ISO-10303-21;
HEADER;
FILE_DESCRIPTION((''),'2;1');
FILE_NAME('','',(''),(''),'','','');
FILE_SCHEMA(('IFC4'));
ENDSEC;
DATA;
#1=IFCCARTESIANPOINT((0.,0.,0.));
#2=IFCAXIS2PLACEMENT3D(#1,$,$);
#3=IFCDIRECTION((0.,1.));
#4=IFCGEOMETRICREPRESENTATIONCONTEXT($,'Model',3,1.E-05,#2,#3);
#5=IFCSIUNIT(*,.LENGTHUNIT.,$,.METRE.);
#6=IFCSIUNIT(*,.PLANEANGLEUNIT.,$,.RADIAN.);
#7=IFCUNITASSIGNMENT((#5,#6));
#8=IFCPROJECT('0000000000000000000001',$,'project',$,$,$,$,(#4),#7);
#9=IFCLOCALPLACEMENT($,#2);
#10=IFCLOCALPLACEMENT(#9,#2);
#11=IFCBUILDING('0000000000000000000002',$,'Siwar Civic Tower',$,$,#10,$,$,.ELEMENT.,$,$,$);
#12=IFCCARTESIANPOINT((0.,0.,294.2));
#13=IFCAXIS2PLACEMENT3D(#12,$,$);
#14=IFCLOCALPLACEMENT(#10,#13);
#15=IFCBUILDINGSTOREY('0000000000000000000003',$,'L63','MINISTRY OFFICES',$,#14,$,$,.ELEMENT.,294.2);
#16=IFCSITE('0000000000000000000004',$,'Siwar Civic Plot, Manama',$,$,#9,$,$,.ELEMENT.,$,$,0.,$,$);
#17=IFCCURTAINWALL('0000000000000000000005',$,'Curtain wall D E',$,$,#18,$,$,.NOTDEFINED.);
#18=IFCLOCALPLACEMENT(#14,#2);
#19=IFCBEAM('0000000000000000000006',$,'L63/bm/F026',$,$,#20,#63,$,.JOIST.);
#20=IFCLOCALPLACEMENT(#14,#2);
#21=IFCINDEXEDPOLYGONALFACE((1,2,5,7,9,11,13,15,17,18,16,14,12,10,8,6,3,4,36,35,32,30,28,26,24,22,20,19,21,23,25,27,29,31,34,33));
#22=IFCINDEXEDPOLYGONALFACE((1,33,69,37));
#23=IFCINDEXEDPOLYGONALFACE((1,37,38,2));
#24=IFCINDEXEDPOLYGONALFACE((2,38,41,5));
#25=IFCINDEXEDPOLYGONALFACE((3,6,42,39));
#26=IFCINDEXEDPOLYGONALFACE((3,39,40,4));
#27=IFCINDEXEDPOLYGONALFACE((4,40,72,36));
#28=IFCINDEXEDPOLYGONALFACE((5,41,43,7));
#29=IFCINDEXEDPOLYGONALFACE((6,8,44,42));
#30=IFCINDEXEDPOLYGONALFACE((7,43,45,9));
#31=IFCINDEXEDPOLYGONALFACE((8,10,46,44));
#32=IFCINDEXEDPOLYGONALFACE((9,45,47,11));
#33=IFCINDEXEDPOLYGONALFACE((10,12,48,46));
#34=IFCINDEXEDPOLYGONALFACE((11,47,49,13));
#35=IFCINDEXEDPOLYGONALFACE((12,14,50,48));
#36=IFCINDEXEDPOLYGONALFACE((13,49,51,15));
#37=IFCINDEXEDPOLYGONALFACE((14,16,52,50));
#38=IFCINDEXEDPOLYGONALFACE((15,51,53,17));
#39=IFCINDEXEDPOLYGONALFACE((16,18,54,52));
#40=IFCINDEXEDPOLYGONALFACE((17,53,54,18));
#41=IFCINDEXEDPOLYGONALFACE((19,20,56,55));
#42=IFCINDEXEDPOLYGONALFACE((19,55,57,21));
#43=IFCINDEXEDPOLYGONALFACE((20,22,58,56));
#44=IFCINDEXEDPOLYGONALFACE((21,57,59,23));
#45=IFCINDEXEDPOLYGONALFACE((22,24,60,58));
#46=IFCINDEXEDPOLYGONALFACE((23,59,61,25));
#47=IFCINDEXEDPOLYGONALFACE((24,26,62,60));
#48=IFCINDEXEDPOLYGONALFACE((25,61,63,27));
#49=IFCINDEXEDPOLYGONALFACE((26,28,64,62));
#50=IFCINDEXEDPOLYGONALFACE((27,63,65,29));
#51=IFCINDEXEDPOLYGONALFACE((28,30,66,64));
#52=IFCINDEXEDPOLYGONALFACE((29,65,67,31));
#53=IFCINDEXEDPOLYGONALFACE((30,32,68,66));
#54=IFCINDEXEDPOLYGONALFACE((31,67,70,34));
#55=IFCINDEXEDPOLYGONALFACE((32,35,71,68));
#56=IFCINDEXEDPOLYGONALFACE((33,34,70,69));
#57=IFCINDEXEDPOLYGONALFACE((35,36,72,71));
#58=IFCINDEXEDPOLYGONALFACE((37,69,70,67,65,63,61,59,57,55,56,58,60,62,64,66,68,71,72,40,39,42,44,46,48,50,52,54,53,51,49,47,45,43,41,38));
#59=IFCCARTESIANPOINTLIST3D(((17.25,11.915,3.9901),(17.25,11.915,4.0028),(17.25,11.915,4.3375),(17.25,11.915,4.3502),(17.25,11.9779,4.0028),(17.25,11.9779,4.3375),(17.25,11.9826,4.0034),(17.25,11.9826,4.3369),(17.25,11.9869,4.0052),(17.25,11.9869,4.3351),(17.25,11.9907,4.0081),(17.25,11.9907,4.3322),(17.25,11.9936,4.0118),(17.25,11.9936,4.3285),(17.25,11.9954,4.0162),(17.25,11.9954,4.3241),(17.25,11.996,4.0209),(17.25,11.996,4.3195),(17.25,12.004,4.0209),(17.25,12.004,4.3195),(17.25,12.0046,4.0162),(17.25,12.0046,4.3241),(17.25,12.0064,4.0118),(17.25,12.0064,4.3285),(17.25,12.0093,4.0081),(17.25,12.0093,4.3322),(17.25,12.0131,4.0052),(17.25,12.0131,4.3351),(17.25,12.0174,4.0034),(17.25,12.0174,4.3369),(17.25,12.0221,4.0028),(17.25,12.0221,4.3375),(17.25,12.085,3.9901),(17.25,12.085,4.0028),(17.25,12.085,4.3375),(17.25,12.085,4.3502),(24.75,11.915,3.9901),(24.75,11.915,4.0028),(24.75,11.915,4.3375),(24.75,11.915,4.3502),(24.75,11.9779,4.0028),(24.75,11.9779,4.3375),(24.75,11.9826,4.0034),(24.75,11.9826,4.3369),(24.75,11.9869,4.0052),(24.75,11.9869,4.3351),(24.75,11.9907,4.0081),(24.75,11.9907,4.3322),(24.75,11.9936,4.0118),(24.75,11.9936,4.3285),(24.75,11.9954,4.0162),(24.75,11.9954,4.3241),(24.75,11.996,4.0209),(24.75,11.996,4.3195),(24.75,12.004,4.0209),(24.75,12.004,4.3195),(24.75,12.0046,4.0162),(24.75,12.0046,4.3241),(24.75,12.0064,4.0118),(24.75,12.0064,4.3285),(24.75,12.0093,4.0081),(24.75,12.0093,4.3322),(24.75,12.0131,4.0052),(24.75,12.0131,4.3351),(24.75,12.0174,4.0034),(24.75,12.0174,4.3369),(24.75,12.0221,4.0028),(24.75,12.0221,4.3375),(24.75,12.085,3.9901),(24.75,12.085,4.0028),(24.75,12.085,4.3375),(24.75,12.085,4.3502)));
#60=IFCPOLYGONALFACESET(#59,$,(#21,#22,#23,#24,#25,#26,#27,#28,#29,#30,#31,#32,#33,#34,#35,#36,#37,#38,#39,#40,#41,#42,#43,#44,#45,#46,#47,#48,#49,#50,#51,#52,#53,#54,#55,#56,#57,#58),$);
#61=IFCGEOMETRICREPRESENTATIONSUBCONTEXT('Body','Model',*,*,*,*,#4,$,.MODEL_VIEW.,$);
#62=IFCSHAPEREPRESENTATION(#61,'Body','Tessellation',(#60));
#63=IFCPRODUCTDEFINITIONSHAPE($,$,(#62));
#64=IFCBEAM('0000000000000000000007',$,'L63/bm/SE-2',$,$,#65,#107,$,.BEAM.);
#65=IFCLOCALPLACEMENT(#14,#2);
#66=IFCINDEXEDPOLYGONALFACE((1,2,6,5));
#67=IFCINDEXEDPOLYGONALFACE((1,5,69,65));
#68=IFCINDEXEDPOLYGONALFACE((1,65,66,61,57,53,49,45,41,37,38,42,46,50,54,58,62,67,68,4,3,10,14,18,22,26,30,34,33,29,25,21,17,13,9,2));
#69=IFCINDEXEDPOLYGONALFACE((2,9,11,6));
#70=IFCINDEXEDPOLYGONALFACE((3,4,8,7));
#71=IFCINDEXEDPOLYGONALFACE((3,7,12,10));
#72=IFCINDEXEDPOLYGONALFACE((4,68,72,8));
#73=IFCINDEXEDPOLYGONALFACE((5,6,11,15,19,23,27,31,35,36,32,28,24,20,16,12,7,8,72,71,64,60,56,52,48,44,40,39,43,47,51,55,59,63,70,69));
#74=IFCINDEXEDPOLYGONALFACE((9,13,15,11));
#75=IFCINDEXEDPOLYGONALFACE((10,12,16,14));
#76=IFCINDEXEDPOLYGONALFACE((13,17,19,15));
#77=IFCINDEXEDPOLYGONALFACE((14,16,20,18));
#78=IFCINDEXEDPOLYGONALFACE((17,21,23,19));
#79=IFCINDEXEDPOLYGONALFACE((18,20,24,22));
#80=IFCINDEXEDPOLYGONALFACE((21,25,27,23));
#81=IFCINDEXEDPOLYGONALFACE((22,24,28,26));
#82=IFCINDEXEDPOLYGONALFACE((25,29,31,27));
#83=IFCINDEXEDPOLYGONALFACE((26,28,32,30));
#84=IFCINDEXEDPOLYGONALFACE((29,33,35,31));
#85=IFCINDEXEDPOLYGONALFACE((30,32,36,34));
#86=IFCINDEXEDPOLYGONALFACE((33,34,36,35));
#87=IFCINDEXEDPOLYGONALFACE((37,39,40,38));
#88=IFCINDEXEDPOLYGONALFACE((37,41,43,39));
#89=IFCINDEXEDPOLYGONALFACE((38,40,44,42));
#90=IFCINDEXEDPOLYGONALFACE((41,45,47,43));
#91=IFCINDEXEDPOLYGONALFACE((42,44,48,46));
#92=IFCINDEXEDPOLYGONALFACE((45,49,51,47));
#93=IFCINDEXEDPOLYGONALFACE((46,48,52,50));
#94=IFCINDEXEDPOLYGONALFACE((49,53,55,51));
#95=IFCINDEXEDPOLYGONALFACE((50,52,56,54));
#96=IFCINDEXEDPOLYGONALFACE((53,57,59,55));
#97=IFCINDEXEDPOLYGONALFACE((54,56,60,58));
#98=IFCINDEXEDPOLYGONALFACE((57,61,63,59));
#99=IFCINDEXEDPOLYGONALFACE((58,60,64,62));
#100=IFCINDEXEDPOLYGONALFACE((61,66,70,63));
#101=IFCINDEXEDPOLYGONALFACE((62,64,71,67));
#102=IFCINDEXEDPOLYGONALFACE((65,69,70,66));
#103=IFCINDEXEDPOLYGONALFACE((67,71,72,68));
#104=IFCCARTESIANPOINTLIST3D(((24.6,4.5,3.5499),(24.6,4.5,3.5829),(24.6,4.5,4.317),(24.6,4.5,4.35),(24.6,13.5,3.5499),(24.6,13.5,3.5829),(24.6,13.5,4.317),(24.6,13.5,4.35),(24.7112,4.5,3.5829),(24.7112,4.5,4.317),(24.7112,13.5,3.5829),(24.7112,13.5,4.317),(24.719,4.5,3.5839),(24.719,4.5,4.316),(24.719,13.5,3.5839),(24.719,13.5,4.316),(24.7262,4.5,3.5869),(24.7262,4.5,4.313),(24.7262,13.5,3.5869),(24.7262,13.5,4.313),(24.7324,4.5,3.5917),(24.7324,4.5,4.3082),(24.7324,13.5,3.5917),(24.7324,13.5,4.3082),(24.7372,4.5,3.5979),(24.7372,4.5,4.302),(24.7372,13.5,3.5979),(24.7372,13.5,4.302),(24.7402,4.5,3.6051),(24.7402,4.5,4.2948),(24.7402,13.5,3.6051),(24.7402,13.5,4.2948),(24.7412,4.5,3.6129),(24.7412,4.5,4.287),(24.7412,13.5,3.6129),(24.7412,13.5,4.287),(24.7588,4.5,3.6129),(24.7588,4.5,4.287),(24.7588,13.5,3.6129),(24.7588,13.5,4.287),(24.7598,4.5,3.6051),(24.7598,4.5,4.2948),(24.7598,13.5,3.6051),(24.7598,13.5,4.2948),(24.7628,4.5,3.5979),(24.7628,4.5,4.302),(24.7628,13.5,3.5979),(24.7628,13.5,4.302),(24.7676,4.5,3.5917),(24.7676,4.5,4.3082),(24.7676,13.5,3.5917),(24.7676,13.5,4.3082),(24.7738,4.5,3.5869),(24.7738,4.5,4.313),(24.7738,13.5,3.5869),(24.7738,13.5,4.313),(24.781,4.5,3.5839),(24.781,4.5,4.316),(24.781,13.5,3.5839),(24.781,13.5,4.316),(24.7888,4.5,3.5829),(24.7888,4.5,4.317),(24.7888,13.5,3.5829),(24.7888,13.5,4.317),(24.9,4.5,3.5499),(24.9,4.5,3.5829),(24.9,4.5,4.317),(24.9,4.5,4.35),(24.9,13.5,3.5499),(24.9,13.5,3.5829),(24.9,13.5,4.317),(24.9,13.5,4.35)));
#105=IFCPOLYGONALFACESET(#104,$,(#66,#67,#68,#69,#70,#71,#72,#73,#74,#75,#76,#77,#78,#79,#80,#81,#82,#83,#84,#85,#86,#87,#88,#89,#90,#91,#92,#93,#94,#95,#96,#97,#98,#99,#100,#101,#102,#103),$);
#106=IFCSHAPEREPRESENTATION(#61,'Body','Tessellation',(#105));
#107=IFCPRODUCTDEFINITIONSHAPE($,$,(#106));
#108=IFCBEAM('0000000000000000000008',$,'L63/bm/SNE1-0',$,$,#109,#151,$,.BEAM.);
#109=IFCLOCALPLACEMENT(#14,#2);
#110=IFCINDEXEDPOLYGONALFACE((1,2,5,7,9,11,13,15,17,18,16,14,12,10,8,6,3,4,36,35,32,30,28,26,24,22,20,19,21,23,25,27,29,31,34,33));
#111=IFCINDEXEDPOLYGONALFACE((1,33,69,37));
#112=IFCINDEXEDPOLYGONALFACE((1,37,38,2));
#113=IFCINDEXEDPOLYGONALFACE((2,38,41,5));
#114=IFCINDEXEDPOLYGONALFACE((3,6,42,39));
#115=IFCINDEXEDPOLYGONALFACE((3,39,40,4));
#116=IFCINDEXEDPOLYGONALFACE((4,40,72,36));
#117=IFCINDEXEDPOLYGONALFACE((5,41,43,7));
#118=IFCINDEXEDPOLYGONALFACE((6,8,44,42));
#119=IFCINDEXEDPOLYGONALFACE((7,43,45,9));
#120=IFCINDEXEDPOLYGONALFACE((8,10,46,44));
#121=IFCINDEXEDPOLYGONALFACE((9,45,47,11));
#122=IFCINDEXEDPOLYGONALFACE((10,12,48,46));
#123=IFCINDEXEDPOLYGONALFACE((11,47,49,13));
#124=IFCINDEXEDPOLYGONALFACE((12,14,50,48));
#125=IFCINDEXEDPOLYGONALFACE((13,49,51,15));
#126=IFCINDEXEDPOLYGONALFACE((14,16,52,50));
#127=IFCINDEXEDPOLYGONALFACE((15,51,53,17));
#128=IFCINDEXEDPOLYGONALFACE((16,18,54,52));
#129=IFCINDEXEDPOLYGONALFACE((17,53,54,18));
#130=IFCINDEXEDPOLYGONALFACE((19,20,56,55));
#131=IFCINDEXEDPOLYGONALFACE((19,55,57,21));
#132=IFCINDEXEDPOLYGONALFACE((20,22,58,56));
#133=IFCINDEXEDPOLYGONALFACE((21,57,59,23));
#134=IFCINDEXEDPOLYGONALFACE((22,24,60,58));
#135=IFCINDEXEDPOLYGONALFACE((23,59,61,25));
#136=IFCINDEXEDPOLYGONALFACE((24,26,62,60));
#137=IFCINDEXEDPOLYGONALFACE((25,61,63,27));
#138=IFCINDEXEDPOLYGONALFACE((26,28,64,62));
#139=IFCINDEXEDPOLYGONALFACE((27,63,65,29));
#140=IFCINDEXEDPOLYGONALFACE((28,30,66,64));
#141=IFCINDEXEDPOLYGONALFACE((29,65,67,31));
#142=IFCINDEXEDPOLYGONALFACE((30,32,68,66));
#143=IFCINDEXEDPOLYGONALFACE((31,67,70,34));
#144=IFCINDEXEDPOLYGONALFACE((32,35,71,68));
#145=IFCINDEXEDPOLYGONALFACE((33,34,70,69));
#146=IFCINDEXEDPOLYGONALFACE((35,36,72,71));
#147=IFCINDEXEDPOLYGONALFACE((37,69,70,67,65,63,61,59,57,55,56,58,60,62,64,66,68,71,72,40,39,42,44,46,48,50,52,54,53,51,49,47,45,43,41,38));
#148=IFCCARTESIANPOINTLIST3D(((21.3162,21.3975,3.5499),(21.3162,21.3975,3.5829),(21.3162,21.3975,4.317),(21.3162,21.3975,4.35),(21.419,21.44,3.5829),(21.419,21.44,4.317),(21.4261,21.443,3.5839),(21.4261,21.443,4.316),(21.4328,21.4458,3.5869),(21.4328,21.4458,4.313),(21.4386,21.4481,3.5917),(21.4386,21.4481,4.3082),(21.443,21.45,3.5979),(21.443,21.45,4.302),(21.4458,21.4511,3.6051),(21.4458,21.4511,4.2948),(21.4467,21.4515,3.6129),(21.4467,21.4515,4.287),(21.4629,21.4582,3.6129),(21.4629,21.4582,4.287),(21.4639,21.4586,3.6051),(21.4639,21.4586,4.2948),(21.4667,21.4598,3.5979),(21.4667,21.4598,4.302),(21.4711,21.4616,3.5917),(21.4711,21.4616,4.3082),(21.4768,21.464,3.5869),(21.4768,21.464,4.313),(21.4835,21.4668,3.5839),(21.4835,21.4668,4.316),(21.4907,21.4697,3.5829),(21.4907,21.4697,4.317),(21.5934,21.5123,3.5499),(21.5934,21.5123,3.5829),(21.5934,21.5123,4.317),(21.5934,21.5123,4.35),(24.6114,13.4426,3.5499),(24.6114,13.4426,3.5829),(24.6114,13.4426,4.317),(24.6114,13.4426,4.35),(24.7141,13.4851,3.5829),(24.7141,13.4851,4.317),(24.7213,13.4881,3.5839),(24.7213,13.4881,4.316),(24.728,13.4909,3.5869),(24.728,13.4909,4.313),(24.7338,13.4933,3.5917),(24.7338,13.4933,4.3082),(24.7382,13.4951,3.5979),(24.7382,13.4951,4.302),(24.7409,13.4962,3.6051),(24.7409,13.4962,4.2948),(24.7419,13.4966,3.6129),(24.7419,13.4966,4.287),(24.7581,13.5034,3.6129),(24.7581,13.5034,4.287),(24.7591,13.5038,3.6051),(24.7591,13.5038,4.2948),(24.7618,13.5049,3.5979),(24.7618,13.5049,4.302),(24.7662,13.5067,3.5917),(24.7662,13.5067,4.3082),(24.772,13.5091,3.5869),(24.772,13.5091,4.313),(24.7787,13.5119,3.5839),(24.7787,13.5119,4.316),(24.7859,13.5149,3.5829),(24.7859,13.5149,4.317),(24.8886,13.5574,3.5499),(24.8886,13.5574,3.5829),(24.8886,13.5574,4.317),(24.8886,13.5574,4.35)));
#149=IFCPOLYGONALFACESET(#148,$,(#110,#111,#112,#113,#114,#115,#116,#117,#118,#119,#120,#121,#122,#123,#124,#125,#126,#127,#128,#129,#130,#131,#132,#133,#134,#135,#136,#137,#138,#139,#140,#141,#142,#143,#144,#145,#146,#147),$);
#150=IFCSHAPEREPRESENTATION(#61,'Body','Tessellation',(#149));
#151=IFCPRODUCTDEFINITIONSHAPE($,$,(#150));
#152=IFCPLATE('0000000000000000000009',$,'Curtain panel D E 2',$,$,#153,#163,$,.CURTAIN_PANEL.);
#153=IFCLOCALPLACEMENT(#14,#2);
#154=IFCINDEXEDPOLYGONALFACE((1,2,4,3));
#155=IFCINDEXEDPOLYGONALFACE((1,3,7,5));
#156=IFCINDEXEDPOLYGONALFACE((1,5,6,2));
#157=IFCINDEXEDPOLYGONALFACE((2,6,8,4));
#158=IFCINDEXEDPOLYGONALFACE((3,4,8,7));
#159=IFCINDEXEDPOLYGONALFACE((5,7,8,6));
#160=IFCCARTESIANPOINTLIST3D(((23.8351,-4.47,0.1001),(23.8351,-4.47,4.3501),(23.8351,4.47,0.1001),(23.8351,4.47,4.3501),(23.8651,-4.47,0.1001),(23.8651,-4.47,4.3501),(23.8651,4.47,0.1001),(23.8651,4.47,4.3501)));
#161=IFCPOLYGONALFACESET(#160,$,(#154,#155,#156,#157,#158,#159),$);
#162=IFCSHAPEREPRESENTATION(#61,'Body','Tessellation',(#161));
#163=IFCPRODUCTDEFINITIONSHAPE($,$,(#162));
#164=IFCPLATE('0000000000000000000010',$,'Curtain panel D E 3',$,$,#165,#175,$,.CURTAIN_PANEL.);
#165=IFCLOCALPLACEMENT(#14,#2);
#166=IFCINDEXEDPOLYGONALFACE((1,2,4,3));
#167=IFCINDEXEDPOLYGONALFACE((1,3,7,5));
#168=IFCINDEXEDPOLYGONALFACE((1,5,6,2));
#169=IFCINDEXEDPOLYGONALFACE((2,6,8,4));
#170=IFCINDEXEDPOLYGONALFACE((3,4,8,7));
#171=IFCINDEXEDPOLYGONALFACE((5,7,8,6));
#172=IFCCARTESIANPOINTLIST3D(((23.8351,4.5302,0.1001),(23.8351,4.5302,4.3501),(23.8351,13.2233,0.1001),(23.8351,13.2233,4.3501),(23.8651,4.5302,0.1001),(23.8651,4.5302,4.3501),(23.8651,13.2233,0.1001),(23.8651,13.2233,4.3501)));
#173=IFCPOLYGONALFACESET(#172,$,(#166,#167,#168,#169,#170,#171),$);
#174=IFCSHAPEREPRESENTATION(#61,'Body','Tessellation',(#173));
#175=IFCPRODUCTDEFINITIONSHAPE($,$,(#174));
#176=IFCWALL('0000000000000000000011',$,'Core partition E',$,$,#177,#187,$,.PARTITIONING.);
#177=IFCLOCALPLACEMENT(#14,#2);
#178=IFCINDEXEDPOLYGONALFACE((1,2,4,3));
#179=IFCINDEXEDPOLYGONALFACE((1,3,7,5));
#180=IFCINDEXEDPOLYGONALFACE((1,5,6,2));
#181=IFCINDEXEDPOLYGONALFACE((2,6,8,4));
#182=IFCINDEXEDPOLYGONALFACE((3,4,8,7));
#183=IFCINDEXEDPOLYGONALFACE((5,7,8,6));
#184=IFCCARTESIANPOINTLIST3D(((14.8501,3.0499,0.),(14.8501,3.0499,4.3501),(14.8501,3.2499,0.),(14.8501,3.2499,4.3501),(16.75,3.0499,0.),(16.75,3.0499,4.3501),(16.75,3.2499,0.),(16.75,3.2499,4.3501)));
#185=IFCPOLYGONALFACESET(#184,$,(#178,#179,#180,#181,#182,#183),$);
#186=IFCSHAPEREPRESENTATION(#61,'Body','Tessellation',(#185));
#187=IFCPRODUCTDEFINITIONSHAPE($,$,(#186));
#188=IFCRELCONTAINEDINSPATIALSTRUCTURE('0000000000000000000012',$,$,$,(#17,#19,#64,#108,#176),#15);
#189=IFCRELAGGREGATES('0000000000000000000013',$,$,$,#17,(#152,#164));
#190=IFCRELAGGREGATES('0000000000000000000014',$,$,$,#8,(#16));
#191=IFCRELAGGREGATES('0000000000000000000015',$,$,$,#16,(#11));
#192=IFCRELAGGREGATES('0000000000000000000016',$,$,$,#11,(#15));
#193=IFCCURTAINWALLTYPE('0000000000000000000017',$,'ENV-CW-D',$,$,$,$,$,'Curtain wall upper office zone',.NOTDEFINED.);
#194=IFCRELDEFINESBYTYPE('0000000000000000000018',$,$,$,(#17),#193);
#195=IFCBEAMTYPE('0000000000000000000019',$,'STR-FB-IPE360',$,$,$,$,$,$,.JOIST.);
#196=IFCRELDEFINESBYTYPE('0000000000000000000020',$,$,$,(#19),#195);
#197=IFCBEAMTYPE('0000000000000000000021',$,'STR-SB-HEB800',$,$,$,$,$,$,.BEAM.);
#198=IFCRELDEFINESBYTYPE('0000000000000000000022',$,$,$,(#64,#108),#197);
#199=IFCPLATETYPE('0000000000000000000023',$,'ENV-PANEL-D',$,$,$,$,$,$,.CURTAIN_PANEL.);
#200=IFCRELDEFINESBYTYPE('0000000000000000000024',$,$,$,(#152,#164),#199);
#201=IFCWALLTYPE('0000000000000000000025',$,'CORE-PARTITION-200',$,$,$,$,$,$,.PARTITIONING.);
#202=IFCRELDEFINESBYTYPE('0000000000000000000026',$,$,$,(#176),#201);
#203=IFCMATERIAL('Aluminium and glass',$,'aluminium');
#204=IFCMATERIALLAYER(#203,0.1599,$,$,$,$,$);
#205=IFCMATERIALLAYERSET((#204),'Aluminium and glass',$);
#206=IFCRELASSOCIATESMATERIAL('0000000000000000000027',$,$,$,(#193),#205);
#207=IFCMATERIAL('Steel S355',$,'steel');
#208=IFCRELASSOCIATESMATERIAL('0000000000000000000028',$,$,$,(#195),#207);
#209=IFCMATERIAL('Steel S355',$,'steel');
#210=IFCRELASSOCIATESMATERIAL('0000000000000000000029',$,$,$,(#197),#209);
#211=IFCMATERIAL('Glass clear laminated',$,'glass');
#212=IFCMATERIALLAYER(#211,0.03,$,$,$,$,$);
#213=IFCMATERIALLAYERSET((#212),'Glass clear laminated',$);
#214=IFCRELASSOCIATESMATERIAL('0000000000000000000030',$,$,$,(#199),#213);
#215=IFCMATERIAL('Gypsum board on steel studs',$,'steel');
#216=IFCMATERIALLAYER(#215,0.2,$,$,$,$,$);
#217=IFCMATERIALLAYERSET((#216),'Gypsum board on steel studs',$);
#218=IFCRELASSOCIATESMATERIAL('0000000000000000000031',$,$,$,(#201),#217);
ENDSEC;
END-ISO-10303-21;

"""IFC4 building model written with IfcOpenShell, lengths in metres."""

from ifc_helpers import new_model, si_unit, direction, frame, frame_2d, origin, origin_2d, place, context, subcontext, project, spatial, rectangle, i_section, extrude, material, layer, layer_set, material_profile, profile_set, type_object, element, aggregate, save


model = new_model("IFC4")

# Units and contexts
model_context = context("Model", 3, precision=1e-05, world=origin(), true_north=direction((0.0, 1.0)))
body_context = subcontext(model_context, "Body", "Model", "MODEL_VIEW")
ifc_project = project(units=[si_unit("LENGTHUNIT", "METRE"), si_unit("PLANEANGLEUNIT", "RADIAN")], contexts=[model_context])

# Site, building, storey
site_placement = place(None, origin())
site = spatial("IfcSite", under=ifc_project, at=site_placement, Name="Siwar Civic Plot, Manama", CompositionType="ELEMENT", RefElevation=0.0)
building_placement = place(site_placement, origin())
building = spatial("IfcBuilding", under=site, at=building_placement, Name="Siwar Civic Tower", CompositionType="ELEMENT")
storey_placement = place(building_placement, frame((0.0, 0.0, 294.2)))
storey = spatial("IfcBuildingStorey", under=building, at=storey_placement, Name="L63", Description="MINISTRY OFFICES", CompositionType="ELEMENT", Elevation=294.2)

# Curtain wall
ifc_material_1 = material(Name="Aluminium and glass", Category="aluminium")
ifc_layer_1 = layer(ifc_material_1, 0.1599)
ifc_layer_set_1 = layer_set([ifc_layer_1], Name="Aluminium and glass")
curtain_wall_type_1 = type_object("IfcCurtainWallType", Name="ENV-CW-D", ElementType="Curtain wall upper office zone", PredefinedType="NOTDEFINED", material=ifc_layer_set_1)
curtain_wall_1_placement = place(storey_placement, origin())
curtain_wall_1 = element("IfcCurtainWall", 1, at=curtain_wall_1_placement, inside=storey, type_object=curtain_wall_type_1, Name="Curtain wall D E", PredefinedType="NOTDEFINED")

# Beams
ifc_material_2 = material(Name="Steel S355", Category="steel")
ifc_material_profile_1 = material_profile(ifc_material_2, i_section(OverallWidth=0.1699, OverallDepth=0.3601, WebThickness=0.0081, FlangeThickness=0.0127, FilletRadius=0.0181, at=origin_2d()), Name="IPE360")
ifc_profile_set_1 = profile_set([ifc_material_profile_1], Name="Steel S355")
beam_type_1 = type_object("IfcBeamType", Name="STR-FB-IPE360", PredefinedType="JOIST", material=ifc_profile_set_1)
for number, where, z_axis, x_axis, name in (
    (2, (17.25, 12.0, 4.1702), (1.0, 0.0, 0.0), (0.0, 1.0, 0.0), "L63/bm/F026"),
):
    element("IfcBeam", number, at=place(storey_placement, frame(where, z_axis=z_axis, x_axis=x_axis)), inside=storey, type_object=beam_type_1, Name=name, PredefinedType="JOIST", context=body_context, shape_type="SweptSolid", body=[
        extrude(i_section(OverallWidth=0.1699, OverallDepth=0.3601, WebThickness=0.0081, FlangeThickness=0.0127, FilletRadius=0.0181, at=origin_2d()), origin(), (0.0, 0.0, 1.0), 7.5),
    ])
ifc_material_3 = material(Name="Steel S355", Category="steel")
ifc_material_profile_2 = material_profile(ifc_material_3, i_section(OverallWidth=0.3, OverallDepth=0.8, WebThickness=0.0176, FlangeThickness=0.033, FilletRadius=0.03, at=origin_2d()), Name="HEB800")
ifc_profile_set_2 = profile_set([ifc_material_profile_2], Name="Steel S355")
beam_type_2 = type_object("IfcBeamType", Name="STR-SB-HEB800", PredefinedType="BEAM", material=ifc_profile_set_2)
beam_1_placement = place(storey_placement, frame((24.75, 4.5, 3.95), z_axis=(0.0, 1.0, 0.0), x_axis=(-1.0, 0.0, 0.0)))
element("IfcBeam", 3, at=beam_1_placement, inside=storey, type_object=beam_type_2, Name="L63/bm/SE-2", PredefinedType="BEAM", context=body_context, shape_type="SweptSolid", body=[
    extrude(i_section(OverallWidth=0.3, OverallDepth=0.8, WebThickness=0.0176, FlangeThickness=0.033, FilletRadius=0.03, at=origin_2d()), origin(), (0.0, 0.0, 1.0), 9.0),
])
beam_2_placement = place(storey_placement, frame((24.75, 13.5, 3.95), z_axis=(-0.3827, 0.923873, 0.0), x_axis=(-0.923873, -0.3827, 0.0)))
element("IfcBeam", 4, at=beam_2_placement, inside=storey, type_object=beam_type_2, Name="L63/bm/SNE1-0", PredefinedType="BEAM", context=body_context, shape_type="SweptSolid", body=[
    extrude(i_section(OverallWidth=0.3, OverallDepth=0.8, WebThickness=0.0176, FlangeThickness=0.033, FilletRadius=0.03, at=origin_2d()), origin(), (0.0, 0.0, 1.0), 8.6104),
])

# Plates
ifc_material_4 = material(Name="Glass clear laminated", Category="glass")
ifc_layer_2 = layer(ifc_material_4, 0.03)
ifc_layer_set_2 = layer_set([ifc_layer_2], Name="Glass clear laminated")
plate_type = type_object("IfcPlateType", Name="ENV-PANEL-D", PredefinedType="CURTAIN_PANEL", material=ifc_layer_set_2)
plate_1_placement = place(storey_placement, frame((23.8501, 0.0, 0.1001), z_axis=(0.0, 0.0, 1.0), x_axis=(0.0, 1.0, 0.0)))
plate_1 = element("IfcPlate", 5, at=plate_1_placement, type_object=plate_type, Name="Curtain panel D E 2", PredefinedType="CURTAIN_PANEL", context=body_context, shape_type="SweptSolid", body=[
    extrude(rectangle(XDim=8.9399, YDim=0.03, at=origin_2d()), origin(), (0.0, 0.0, 1.0), 4.25),
])
plate_2_placement = place(storey_placement, frame((23.8501, 8.8767, 0.1001), z_axis=(0.0, 0.0, 1.0), x_axis=(0.0, 1.0, 0.0)))
plate_2 = element("IfcPlate", 6, at=plate_2_placement, type_object=plate_type, Name="Curtain panel D E 3", PredefinedType="CURTAIN_PANEL", context=body_context, shape_type="SweptSolid", body=[
    extrude(rectangle(XDim=8.6931, YDim=0.03, at=origin_2d()), origin(), (0.0, 0.0, 1.0), 4.25),
])
aggregate(curtain_wall_1, [plate_1, plate_2])

# Wall
ifc_material_5 = material(Name="Gypsum board on steel studs", Category="steel")
ifc_layer_3 = layer(ifc_material_5, 0.2)
ifc_layer_set_3 = layer_set([ifc_layer_3], Name="Gypsum board on steel studs")
wall_type_1 = type_object("IfcWallType", Name="CORE-PARTITION-200", PredefinedType="PARTITIONING", material=ifc_layer_set_3)
wall_1_placement = place(storey_placement, frame((14.8501, 3.1499, 0.0), z_axis=(0.0, 0.0, 1.0), x_axis=(1.0, 0.0, 0.0)))
element("IfcWall", 7, at=wall_1_placement, inside=storey, type_object=wall_type_1, Name="Core partition E", PredefinedType="PARTITIONING", context=body_context, shape_type="SweptSolid", body=[
    extrude(rectangle(XDim=1.8999, YDim=0.2, at=frame_2d((0.95, 0.0))), origin(), (0.0, 0.0, 1.0), 4.3501),
])

save(model, "model.ifc")
